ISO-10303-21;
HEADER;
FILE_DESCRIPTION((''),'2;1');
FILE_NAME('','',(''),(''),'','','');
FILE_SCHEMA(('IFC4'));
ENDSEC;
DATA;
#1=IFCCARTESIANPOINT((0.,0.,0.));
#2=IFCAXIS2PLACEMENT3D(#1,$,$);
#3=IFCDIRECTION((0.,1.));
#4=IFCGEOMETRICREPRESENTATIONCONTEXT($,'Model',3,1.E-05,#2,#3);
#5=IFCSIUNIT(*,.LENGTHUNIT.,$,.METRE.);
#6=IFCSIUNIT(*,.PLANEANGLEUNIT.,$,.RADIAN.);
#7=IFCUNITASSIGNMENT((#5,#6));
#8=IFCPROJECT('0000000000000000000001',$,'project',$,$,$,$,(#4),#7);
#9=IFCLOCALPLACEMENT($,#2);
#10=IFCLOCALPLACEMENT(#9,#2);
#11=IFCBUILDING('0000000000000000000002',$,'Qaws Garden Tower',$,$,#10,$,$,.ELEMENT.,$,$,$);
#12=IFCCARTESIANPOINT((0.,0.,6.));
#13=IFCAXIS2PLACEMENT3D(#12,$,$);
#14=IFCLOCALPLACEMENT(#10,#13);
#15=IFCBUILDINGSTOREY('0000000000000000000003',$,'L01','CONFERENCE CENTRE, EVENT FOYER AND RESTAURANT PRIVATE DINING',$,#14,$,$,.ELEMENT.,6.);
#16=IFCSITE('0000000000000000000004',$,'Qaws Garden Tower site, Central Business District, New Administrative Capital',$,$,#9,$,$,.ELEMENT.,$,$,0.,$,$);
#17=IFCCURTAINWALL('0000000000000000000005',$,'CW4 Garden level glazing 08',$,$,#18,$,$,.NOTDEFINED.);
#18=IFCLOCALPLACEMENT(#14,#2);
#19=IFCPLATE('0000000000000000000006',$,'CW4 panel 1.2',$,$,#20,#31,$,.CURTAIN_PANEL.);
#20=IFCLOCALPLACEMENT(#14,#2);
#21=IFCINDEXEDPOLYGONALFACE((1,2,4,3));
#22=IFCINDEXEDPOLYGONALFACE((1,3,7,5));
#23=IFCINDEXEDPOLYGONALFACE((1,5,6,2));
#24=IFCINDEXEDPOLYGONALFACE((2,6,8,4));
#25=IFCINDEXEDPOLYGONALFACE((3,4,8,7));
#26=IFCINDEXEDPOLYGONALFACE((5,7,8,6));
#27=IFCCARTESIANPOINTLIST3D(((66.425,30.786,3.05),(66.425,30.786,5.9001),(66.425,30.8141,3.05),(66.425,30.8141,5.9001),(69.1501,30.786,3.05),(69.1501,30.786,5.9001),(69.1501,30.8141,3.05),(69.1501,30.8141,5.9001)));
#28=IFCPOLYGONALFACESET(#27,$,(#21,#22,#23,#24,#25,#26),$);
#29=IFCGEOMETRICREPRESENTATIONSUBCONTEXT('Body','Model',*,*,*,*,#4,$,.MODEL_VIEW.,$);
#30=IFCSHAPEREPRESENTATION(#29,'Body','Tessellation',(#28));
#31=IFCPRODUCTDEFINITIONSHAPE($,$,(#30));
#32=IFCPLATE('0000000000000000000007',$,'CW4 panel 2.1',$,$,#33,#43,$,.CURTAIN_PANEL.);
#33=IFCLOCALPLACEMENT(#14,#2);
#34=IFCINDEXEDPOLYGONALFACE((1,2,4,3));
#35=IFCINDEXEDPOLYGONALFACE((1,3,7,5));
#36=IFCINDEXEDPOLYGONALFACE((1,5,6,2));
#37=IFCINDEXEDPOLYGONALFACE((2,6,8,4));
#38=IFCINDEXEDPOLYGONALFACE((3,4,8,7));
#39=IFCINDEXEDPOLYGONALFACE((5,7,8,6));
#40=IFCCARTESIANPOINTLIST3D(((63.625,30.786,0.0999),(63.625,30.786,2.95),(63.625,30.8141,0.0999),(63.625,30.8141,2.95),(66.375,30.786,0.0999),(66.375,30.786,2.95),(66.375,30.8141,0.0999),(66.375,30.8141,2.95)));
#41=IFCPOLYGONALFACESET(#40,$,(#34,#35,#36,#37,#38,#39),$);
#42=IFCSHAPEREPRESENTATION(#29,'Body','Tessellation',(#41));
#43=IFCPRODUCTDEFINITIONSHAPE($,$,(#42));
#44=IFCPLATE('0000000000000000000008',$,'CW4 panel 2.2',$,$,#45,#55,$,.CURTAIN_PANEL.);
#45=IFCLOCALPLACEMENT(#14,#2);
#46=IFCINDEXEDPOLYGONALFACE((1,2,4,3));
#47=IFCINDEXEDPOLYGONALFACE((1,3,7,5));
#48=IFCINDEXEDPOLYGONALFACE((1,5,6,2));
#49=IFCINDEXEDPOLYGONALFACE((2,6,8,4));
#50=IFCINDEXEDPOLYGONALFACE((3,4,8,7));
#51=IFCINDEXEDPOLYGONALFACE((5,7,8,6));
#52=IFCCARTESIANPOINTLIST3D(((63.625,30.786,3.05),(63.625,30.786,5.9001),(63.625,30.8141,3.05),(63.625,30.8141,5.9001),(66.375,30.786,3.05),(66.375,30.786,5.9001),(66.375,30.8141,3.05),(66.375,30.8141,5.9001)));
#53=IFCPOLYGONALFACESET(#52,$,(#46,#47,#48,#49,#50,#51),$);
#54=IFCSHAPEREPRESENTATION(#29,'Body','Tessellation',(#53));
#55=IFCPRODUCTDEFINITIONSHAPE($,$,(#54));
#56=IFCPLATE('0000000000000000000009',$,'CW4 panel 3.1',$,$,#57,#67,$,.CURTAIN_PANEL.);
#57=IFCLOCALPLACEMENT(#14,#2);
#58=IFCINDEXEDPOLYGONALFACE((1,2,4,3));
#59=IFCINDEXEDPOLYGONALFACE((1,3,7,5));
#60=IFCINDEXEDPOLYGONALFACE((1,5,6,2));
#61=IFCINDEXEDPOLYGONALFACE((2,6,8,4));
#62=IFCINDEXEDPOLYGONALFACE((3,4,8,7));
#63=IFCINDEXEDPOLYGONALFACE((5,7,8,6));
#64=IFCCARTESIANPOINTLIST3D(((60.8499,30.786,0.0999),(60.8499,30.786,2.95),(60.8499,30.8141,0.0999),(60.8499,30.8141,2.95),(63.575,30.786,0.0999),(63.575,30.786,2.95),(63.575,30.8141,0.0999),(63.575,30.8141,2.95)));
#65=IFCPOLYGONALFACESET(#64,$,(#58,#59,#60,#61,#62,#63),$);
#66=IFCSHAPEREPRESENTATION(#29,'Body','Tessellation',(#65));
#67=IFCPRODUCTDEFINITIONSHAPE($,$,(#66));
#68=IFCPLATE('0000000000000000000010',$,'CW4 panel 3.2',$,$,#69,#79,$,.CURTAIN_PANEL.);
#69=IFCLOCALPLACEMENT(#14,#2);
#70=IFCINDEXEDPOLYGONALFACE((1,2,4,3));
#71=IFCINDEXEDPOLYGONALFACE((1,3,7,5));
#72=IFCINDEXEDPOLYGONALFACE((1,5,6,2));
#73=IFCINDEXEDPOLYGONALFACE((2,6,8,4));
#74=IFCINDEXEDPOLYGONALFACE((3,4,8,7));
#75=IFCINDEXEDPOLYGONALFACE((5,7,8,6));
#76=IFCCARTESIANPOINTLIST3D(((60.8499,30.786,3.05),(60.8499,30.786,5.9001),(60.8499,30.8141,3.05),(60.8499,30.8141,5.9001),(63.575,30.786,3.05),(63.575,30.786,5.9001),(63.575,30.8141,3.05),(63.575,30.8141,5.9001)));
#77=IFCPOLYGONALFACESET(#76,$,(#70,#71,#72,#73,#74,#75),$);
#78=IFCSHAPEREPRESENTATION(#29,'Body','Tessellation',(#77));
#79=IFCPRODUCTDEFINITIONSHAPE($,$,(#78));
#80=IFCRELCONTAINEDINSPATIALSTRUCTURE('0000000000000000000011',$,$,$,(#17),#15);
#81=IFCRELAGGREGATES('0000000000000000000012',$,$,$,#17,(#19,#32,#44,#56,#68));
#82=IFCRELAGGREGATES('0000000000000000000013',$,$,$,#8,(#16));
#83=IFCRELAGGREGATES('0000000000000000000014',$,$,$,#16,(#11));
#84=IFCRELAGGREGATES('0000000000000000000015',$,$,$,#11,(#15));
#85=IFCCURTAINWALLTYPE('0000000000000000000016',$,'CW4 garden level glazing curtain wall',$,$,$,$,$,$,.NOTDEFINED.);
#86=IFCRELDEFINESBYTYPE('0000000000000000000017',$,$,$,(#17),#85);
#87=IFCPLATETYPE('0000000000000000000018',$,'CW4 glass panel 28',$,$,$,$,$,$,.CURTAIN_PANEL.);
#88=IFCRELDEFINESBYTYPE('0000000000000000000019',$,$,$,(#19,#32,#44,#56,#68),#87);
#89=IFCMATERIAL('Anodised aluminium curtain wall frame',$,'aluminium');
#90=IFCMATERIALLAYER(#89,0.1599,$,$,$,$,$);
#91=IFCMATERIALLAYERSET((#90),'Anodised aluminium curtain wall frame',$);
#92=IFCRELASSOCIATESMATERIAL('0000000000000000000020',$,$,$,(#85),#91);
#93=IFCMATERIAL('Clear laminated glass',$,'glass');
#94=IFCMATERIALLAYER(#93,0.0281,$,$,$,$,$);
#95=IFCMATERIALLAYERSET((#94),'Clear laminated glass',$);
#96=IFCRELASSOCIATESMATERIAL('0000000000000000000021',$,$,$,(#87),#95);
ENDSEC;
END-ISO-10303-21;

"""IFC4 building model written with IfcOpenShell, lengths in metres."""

from ifc_helpers import new_model, si_unit, direction, frame, origin, origin_2d, place, context, subcontext, project, spatial, rectangle, extrude, material, layer, layer_set, type_object, element, aggregate, save


model = new_model("IFC4")

# Units and contexts
model_context = context("Model", 3, precision=1e-05, world=origin(), true_north=direction((0.0, 1.0)))
body_context = subcontext(model_context, "Body", "Model", "MODEL_VIEW")
ifc_project = project(units=[si_unit("LENGTHUNIT", "METRE"), si_unit("PLANEANGLEUNIT", "RADIAN")], contexts=[model_context])

# Site, building, storey
site_placement = place(None, origin())
site = spatial("IfcSite", under=ifc_project, at=site_placement, Name="Qaws Garden Tower site, Central Business District, New Administrative Capital", CompositionType="ELEMENT", RefElevation=0.0)
building_placement = place(site_placement, origin())
building = spatial("IfcBuilding", under=site, at=building_placement, Name="Qaws Garden Tower", CompositionType="ELEMENT")
storey_placement = place(building_placement, frame((0.0, 0.0, 6.0)))
storey = spatial("IfcBuildingStorey", under=building, at=storey_placement, Name="L01", Description="CONFERENCE CENTRE, EVENT FOYER AND RESTAURANT PRIVATE DINING", CompositionType="ELEMENT", Elevation=6.0)

# Curtain wall, plates
ifc_material_1 = material(Name="Anodised aluminium curtain wall frame", Category="aluminium")
ifc_layer_1 = layer(ifc_material_1, 0.1599)
ifc_layer_set_1 = layer_set([ifc_layer_1], Name="Anodised aluminium curtain wall frame")
curtain_wall_type = type_object("IfcCurtainWallType", Name="CW4 garden level glazing curtain wall", PredefinedType="NOTDEFINED", material=ifc_layer_set_1)
curtain_wall_placement = place(storey_placement, origin())
curtain_wall = element("IfcCurtainWall", 1, at=curtain_wall_placement, inside=storey, type_object=curtain_wall_type, Name="CW4 Garden level glazing 08", PredefinedType="NOTDEFINED")
ifc_material_2 = material(Name="Clear laminated glass", Category="glass")
ifc_layer_2 = layer(ifc_material_2, 0.0281)
ifc_layer_set_2 = layer_set([ifc_layer_2], Name="Clear laminated glass")
plate_type = type_object("IfcPlateType", Name="CW4 glass panel 28", PredefinedType="CURTAIN_PANEL", material=ifc_layer_set_2)
plate_1_placement = place(storey_placement, frame((67.7876, 30.8, 3.05), z_axis=(0.0, 0.0, 1.0), x_axis=(-1.0, 0.0, 0.0)))
plate_1 = element("IfcPlate", 2, at=plate_1_placement, type_object=plate_type, Name="CW4 panel 1.2", PredefinedType="CURTAIN_PANEL", context=body_context, shape_type="SweptSolid", body=[
    extrude(rectangle(XDim=2.7251, YDim=0.0281, at=origin_2d()), origin(), (0.0, 0.0, 1.0), 2.8501),
])
plate_2_placement = place(storey_placement, frame((65.0, 30.8, 0.0999), z_axis=(0.0, 0.0, 1.0), x_axis=(-1.0, 0.0, 0.0)))
plate_2 = element("IfcPlate", 3, at=plate_2_placement, type_object=plate_type, Name="CW4 panel 2.1", PredefinedType="CURTAIN_PANEL", context=body_context, shape_type="SweptSolid", body=[
    extrude(rectangle(XDim=2.75, YDim=0.0281, at=origin_2d()), origin(), (0.0, 0.0, 1.0), 2.8501),
])
plate_3_placement = place(storey_placement, frame((65.0, 30.8, 3.05), z_axis=(0.0, 0.0, 1.0), x_axis=(-1.0, 0.0, 0.0)))
plate_3 = element("IfcPlate", 4, at=plate_3_placement, type_object=plate_type, Name="CW4 panel 2.2", PredefinedType="CURTAIN_PANEL", context=body_context, shape_type="SweptSolid", body=[
    extrude(rectangle(XDim=2.75, YDim=0.0281, at=origin_2d()), origin(), (0.0, 0.0, 1.0), 2.8501),
])
plate_4_placement = place(storey_placement, frame((62.2124, 30.8, 0.0999), z_axis=(0.0, 0.0, 1.0), x_axis=(-1.0, 0.0, 0.0)))
plate_4 = element("IfcPlate", 5, at=plate_4_placement, type_object=plate_type, Name="CW4 panel 3.1", PredefinedType="CURTAIN_PANEL", context=body_context, shape_type="SweptSolid", body=[
    extrude(rectangle(XDim=2.7251, YDim=0.0281, at=origin_2d()), origin(), (0.0, 0.0, 1.0), 2.8501),
])
plate_5_placement = place(storey_placement, frame((62.2124, 30.8, 3.05), z_axis=(0.0, 0.0, 1.0), x_axis=(-1.0, 0.0, 0.0)))
plate_5 = element("IfcPlate", 6, at=plate_5_placement, type_object=plate_type, Name="CW4 panel 3.2", PredefinedType="CURTAIN_PANEL", context=body_context, shape_type="SweptSolid", body=[
    extrude(rectangle(XDim=2.7251, YDim=0.0281, at=origin_2d()), origin(), (0.0, 0.0, 1.0), 2.8501),
])
aggregate(curtain_wall, [plate_1, plate_2, plate_3, plate_4, plate_5])

save(model, "model.ifc")
